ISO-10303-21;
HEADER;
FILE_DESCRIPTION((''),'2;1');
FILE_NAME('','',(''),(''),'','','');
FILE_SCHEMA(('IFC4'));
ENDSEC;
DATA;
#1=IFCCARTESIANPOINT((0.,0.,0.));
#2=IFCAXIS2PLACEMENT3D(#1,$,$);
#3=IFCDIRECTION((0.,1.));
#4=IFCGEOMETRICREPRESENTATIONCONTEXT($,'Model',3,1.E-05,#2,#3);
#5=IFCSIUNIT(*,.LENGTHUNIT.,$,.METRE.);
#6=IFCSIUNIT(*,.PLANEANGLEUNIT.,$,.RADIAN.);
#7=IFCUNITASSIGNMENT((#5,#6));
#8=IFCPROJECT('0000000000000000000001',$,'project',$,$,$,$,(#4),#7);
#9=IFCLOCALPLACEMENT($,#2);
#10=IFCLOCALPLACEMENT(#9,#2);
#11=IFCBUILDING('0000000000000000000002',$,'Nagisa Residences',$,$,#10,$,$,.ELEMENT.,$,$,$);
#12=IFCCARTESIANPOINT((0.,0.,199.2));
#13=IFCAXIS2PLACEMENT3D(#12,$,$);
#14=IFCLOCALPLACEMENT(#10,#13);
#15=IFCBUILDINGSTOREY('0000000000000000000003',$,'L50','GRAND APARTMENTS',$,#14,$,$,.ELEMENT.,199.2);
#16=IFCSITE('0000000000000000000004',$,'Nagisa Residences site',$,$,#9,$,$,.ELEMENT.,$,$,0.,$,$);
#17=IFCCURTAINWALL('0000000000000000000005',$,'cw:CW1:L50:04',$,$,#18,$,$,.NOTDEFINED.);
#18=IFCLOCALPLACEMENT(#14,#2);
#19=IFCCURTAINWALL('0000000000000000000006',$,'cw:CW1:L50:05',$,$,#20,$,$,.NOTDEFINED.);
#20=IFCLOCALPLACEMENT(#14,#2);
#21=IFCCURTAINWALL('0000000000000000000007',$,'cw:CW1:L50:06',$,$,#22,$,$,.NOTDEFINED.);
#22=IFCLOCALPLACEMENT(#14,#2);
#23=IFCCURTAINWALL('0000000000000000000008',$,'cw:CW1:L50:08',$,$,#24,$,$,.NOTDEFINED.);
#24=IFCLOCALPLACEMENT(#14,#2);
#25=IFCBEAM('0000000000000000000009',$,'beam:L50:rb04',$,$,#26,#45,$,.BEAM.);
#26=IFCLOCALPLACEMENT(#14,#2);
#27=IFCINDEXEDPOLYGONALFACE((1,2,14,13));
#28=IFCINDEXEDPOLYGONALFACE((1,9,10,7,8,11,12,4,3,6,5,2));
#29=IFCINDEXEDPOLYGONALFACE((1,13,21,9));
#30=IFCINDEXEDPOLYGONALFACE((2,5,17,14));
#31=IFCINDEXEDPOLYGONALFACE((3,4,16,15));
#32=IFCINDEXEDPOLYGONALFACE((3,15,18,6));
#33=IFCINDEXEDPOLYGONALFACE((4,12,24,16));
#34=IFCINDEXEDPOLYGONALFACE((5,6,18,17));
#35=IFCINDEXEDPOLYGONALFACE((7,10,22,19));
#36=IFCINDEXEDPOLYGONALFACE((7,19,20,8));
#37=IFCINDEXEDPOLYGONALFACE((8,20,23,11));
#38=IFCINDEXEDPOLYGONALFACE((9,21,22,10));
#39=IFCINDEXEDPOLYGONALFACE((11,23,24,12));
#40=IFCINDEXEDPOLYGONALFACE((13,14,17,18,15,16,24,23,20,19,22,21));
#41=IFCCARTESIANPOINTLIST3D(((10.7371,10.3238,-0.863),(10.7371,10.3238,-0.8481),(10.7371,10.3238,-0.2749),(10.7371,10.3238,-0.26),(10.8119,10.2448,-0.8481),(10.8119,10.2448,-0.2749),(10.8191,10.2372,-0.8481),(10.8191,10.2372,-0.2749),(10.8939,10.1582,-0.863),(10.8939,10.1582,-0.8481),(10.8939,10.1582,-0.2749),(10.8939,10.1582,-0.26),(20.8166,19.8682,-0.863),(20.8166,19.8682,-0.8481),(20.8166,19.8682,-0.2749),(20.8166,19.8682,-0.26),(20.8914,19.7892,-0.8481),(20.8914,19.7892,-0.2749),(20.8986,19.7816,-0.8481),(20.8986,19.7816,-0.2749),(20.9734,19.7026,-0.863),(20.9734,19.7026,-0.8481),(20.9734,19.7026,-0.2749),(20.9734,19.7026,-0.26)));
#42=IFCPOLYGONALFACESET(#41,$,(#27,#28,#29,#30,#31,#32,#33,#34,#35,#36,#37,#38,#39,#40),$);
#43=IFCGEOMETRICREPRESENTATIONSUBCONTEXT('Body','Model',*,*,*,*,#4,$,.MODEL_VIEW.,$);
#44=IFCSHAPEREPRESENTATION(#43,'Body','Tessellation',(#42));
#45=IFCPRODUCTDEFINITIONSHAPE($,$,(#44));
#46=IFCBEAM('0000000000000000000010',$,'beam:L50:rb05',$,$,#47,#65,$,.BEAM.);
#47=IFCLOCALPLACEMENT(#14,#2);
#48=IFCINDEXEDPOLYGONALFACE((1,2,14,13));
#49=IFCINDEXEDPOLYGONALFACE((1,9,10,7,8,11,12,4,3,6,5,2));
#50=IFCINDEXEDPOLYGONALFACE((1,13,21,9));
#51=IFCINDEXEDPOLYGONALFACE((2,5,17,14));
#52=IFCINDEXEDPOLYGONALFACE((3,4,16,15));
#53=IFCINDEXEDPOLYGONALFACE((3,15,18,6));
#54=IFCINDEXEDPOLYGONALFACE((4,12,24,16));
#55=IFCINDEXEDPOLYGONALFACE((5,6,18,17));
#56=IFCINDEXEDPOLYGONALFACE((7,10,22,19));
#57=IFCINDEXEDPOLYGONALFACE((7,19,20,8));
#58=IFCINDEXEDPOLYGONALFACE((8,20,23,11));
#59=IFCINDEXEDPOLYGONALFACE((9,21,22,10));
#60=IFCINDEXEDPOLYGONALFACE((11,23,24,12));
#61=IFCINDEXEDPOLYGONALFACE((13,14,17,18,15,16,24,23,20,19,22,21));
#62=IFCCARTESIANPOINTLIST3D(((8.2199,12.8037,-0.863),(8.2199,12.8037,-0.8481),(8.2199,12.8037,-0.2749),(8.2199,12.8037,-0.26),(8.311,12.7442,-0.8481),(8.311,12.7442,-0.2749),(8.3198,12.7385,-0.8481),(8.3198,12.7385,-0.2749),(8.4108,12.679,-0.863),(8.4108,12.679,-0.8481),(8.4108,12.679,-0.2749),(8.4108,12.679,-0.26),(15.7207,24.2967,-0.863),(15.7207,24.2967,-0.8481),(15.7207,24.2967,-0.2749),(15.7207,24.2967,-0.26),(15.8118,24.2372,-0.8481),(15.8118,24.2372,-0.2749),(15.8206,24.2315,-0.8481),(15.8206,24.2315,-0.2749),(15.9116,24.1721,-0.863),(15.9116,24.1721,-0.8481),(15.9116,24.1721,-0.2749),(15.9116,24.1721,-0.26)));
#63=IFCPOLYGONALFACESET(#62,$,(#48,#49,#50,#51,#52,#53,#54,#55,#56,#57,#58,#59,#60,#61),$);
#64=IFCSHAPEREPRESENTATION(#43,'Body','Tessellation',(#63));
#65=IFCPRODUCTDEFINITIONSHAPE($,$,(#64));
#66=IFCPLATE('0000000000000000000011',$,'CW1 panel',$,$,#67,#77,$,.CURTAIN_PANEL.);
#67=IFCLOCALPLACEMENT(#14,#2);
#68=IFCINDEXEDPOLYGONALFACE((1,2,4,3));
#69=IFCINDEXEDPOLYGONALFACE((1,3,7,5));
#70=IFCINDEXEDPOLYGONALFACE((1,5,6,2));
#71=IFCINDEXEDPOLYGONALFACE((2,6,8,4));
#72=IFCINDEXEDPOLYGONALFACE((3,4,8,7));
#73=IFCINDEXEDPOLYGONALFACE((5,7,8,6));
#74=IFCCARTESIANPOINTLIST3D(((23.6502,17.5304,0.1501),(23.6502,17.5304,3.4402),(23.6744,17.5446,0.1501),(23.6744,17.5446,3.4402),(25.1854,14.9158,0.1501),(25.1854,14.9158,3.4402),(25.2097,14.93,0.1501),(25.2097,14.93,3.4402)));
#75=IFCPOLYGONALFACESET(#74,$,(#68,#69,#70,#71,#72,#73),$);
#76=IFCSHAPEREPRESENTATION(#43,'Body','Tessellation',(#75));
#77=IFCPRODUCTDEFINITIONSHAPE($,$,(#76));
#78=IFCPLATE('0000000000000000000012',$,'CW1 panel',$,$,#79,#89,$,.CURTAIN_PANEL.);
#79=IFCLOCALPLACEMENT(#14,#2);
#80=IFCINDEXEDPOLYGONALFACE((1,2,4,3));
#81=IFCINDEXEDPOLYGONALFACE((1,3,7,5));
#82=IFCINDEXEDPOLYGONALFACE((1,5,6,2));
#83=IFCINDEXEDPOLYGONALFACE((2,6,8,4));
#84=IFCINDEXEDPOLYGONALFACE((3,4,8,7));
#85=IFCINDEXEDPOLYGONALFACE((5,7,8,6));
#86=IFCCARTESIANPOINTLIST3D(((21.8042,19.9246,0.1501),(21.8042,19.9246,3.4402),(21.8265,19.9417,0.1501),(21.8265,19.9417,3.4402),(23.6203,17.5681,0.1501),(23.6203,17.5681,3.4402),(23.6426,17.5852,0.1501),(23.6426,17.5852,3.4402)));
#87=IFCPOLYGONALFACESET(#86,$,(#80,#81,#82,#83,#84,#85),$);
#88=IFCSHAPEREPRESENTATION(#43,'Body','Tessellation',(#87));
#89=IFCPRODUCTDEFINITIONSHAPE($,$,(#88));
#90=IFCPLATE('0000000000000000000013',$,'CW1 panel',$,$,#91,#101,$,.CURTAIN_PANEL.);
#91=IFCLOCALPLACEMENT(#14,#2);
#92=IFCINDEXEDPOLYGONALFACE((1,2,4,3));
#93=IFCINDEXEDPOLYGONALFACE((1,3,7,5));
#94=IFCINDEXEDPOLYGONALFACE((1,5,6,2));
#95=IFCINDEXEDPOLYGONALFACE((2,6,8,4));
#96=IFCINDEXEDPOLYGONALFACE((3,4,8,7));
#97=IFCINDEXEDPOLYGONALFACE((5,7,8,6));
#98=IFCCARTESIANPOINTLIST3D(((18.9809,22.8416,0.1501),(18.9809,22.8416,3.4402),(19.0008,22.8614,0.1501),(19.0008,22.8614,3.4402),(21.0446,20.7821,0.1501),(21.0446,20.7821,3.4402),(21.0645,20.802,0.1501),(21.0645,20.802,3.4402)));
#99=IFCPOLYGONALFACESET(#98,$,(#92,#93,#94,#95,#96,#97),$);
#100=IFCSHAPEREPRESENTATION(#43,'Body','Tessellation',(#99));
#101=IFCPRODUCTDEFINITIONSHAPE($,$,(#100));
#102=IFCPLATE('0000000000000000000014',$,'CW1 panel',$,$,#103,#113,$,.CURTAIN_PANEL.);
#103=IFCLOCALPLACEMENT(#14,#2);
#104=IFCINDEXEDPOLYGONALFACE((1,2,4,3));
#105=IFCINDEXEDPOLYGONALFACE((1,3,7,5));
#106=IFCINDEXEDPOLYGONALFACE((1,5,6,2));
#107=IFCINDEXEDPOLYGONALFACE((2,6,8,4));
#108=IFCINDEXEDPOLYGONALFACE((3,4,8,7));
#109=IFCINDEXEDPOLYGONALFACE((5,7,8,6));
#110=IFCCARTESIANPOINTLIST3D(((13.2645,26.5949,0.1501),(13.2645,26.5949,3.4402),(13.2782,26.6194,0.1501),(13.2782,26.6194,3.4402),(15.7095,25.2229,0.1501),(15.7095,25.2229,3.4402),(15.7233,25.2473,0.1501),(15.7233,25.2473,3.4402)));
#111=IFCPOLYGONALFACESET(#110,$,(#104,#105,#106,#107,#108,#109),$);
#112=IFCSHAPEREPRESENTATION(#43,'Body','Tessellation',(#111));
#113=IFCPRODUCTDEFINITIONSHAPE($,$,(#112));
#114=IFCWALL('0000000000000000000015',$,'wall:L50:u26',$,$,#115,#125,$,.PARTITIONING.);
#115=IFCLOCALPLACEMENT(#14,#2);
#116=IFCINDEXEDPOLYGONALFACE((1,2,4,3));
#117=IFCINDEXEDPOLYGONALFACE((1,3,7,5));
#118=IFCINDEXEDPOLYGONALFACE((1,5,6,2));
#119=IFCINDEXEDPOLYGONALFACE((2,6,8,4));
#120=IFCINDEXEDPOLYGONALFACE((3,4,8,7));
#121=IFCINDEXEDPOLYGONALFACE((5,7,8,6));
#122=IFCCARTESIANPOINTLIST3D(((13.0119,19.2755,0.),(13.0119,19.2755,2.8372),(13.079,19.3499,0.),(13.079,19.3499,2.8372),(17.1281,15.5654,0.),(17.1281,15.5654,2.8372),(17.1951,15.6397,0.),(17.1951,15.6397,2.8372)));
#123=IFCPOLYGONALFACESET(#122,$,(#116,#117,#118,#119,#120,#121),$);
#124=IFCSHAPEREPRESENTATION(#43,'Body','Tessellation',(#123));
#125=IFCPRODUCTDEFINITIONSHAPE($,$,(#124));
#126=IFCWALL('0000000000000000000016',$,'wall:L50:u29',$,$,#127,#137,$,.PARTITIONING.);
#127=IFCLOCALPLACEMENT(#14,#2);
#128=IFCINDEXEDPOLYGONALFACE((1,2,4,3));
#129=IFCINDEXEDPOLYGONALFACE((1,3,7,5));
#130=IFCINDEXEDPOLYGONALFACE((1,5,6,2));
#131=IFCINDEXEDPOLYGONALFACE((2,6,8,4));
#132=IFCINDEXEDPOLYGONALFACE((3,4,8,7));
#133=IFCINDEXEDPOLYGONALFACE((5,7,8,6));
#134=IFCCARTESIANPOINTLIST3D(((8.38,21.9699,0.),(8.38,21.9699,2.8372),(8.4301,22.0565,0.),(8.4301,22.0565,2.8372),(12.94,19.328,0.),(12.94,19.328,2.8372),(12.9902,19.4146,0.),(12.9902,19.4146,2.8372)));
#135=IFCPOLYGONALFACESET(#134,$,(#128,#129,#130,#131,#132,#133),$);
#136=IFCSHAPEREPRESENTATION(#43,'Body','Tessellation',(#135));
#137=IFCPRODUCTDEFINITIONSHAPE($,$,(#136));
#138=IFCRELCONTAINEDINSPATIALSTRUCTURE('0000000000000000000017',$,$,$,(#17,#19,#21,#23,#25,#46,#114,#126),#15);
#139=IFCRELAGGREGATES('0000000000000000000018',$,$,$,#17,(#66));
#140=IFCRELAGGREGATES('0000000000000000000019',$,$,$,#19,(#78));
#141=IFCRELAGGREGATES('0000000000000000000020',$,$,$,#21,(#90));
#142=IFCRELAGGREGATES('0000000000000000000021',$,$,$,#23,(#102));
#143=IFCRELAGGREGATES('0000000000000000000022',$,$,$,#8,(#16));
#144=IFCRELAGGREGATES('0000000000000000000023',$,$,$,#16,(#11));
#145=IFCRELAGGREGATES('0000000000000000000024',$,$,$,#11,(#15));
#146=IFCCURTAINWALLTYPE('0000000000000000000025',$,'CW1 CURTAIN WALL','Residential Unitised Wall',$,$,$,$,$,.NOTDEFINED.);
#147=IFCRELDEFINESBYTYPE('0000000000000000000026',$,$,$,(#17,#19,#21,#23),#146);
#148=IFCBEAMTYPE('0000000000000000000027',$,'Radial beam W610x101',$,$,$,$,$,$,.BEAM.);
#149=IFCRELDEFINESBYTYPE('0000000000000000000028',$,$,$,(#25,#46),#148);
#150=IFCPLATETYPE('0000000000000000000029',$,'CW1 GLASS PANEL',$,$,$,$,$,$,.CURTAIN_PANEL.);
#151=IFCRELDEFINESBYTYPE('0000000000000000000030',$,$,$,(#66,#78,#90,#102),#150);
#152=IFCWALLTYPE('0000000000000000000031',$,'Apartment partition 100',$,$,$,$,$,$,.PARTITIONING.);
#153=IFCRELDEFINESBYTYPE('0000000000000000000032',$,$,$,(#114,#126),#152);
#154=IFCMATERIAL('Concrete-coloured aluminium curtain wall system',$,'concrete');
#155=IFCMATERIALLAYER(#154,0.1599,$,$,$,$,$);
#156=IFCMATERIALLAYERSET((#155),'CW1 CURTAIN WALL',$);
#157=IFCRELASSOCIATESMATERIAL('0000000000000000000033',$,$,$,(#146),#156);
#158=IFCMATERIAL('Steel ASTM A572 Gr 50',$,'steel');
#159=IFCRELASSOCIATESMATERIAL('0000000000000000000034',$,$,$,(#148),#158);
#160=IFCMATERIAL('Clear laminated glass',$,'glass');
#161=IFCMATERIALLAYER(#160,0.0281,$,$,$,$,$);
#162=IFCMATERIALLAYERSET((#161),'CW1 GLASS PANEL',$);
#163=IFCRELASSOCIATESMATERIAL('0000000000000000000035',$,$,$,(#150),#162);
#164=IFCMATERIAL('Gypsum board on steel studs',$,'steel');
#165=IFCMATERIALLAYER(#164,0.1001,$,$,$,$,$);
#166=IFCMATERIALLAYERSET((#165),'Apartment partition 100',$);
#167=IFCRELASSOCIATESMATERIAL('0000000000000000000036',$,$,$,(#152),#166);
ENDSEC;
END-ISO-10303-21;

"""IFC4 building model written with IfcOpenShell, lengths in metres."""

from ifc_helpers import new_model, si_unit, direction, frame, frame_2d, origin, origin_2d, place, context, subcontext, project, spatial, rectangle, i_section, extrude, material, layer, layer_set, material_profile, profile_set, type_object, element, aggregate, save


model = new_model("IFC4")

# Units and contexts
model_context = context("Model", 3, precision=1e-05, world=origin(), true_north=direction((0.0, 1.0)))
body_context = subcontext(model_context, "Body", "Model", "MODEL_VIEW")
ifc_project = project(units=[si_unit("LENGTHUNIT", "METRE"), si_unit("PLANEANGLEUNIT", "RADIAN")], contexts=[model_context])

# Site, building, storey
site_placement = place(None, origin())
site = spatial("IfcSite", under=ifc_project, at=site_placement, Name="Nagisa Residences site", CompositionType="ELEMENT", RefElevation=0.0)
building_placement = place(site_placement, origin())
building = spatial("IfcBuilding", under=site, at=building_placement, Name="Nagisa Residences", CompositionType="ELEMENT")
storey_placement = place(building_placement, frame((0.0, 0.0, 199.2)))
storey = spatial("IfcBuildingStorey", under=building, at=storey_placement, Name="L50", Description="GRAND APARTMENTS", CompositionType="ELEMENT", Elevation=199.2)

# Curtain walls
ifc_material_1 = material(Name="Concrete-coloured aluminium curtain wall system", Category="concrete")
ifc_layer_1 = layer(ifc_material_1, 0.1599)
ifc_layer_set_1 = layer_set([ifc_layer_1], Name="CW1 CURTAIN WALL")
curtain_wall_type = type_object("IfcCurtainWallType", Name="CW1 CURTAIN WALL", Description="Residential Unitised Wall", PredefinedType="NOTDEFINED", material=ifc_layer_set_1)
curtain_wall_1_placement = place(storey_placement, origin())
curtain_wall_1 = element("IfcCurtainWall", 1, at=curtain_wall_1_placement, inside=storey, type_object=curtain_wall_type, Name="cw:CW1:L50:04", PredefinedType="NOTDEFINED")
curtain_wall_2_placement = place(storey_placement, origin())
curtain_wall_2 = element("IfcCurtainWall", 2, at=curtain_wall_2_placement, inside=storey, type_object=curtain_wall_type, Name="cw:CW1:L50:05", PredefinedType="NOTDEFINED")
curtain_wall_3_placement = place(storey_placement, origin())
curtain_wall_3 = element("IfcCurtainWall", 3, at=curtain_wall_3_placement, inside=storey, type_object=curtain_wall_type, Name="cw:CW1:L50:06", PredefinedType="NOTDEFINED")
curtain_wall_4_placement = place(storey_placement, origin())
curtain_wall_4 = element("IfcCurtainWall", 4, at=curtain_wall_4_placement, inside=storey, type_object=curtain_wall_type, Name="cw:CW1:L50:08", PredefinedType="NOTDEFINED")

# Beams
ifc_material_2 = material(Name="Steel ASTM A572 Gr 50", Category="steel")
ifc_material_profile_1 = material_profile(ifc_material_2, i_section(OverallWidth=0.228, OverallDepth=0.603, WebThickness=0.0105, FlangeThickness=0.0149, at=origin_2d()), Name="W610x101")
ifc_profile_set_1 = profile_set([ifc_material_profile_1], Name="Steel ASTM A572 Gr 50")
beam_type_1 = type_object("IfcBeamType", Name="Radial beam W610x101", PredefinedType="BEAM", material=ifc_profile_set_1)
beam_1_placement = place(storey_placement, frame((20.895, 19.7854, -0.5615), z_axis=(-0.72612, -0.687568, 0.0), x_axis=(0.687568, -0.72612, 0.0)))
element("IfcBeam", 5, at=beam_1_placement, inside=storey, type_object=beam_type_1, Name="beam:L50:rb04", PredefinedType="BEAM", context=body_context, shape_type="SweptSolid", body=[
    extrude(i_section(OverallWidth=0.228, OverallDepth=0.603, WebThickness=0.0105, FlangeThickness=0.0149, at=origin_2d()), origin(), (0.0, 0.0, 1.0), 13.8813),
])
beam_2_placement = place(storey_placement, frame((15.8162, 24.2344, -0.5615), z_axis=(-0.546541, -0.837432, 0.0), x_axis=(0.837432, -0.546541, 0.0)))
element("IfcBeam", 6, at=beam_2_placement, inside=storey, type_object=beam_type_1, Name="beam:L50:rb05", PredefinedType="BEAM", context=body_context, shape_type="SweptSolid", body=[
    extrude(i_section(OverallWidth=0.228, OverallDepth=0.603, WebThickness=0.0105, FlangeThickness=0.0149, at=origin_2d()), origin(), (0.0, 0.0, 1.0), 13.7241),
])

# Plates
ifc_material_3 = material(Name="Clear laminated glass", Category="glass")
ifc_layer_2 = layer(ifc_material_3, 0.0281)
ifc_layer_set_2 = layer_set([ifc_layer_2], Name="CW1 GLASS PANEL")
plate_type = type_object("IfcPlateType", Name="CW1 GLASS PANEL", PredefinedType="CURTAIN_PANEL", material=ifc_layer_set_2)
plate_1_placement = place(storey_placement, frame((24.4299, 16.2302, 0.1501), z_axis=(0.0, 0.0, 1.0), x_axis=(-0.506349, 0.862329, 0.0)))
plate_1 = element("IfcPlate", 7, at=plate_1_placement, type_object=plate_type, Name="CW1 panel", PredefinedType="CURTAIN_PANEL", context=body_context, shape_type="SweptSolid", body=[
    extrude(rectangle(XDim=3.032, YDim=0.0281, at=origin_2d()), origin(), (0.0, 0.0, 1.0), 3.29),
])
aggregate(curtain_wall_1, [plate_1])
plate_2_placement = place(storey_placement, frame((22.7234, 18.7549, 0.1501), z_axis=(0.0, 0.0, 1.0), x_axis=(-0.61043, 0.79207, 0.0)))
plate_2 = element("IfcPlate", 8, at=plate_2_placement, type_object=plate_type, Name="CW1 panel", PredefinedType="CURTAIN_PANEL", context=body_context, shape_type="SweptSolid", body=[
    extrude(rectangle(XDim=2.9751, YDim=0.0281, at=origin_2d()), origin(), (0.0, 0.0, 1.0), 3.29),
])
aggregate(curtain_wall_2, [plate_2])
plate_3_placement = place(storey_placement, frame((20.0227, 21.8218, 0.1501), z_axis=(0.0, 0.0, 1.0), x_axis=(-0.707836, 0.706377, 0.0)))
plate_3 = element("IfcPlate", 9, at=plate_3_placement, type_object=plate_type, Name="CW1 panel", PredefinedType="CURTAIN_PANEL", context=body_context, shape_type="SweptSolid", body=[
    extrude(rectangle(XDim=2.9155, YDim=0.0281, at=origin_2d()), origin(), (0.0, 0.0, 1.0), 3.29),
])
aggregate(curtain_wall_3, [plate_3])
plate_4_placement = place(storey_placement, frame((14.4939, 25.9211, 0.1501), z_axis=(0.0, 0.0, 1.0), x_axis=(-0.872072, 0.489377, 0.0)))
plate_4 = element("IfcPlate", 10, at=plate_4_placement, type_object=plate_type, Name="CW1 panel", PredefinedType="CURTAIN_PANEL", context=body_context, shape_type="SweptSolid", body=[
    extrude(rectangle(XDim=2.8037, YDim=0.0281, at=origin_2d()), origin(), (0.0, 0.0, 1.0), 3.29),
])
aggregate(curtain_wall_4, [plate_4])

# Walls
ifc_material_4 = material(Name="Gypsum board on steel studs", Category="steel")
ifc_layer_3 = layer(ifc_material_4, 0.1001)
ifc_layer_set_3 = layer_set([ifc_layer_3], Name="Apartment partition 100")
wall_type_1 = type_object("IfcWallType", Name="Apartment partition 100", PredefinedType="PARTITIONING", material=ifc_layer_set_3)
wall_1_placement = place(storey_placement, frame((17.1616, 15.6025, 0.0), z_axis=(0.0, 0.0, 1.0), x_axis=(-0.74279, 0.669524, 0.0)))
element("IfcWall", 11, at=wall_1_placement, inside=storey, type_object=wall_type_1, Name="wall:L50:u26", PredefinedType="PARTITIONING", context=body_context, shape_type="SweptSolid", body=[
    extrude(rectangle(XDim=5.5415, YDim=0.1001, at=frame_2d((2.7708, 0.0))), origin(), (0.0, 0.0, 1.0), 2.8372),
])
wall_2_placement = place(storey_placement, frame((12.9651, 19.3713, 0.0), z_axis=(0.0, 0.0, 1.0), x_axis=(-0.865277, 0.501294, 0.0)))
element("IfcWall", 12, at=wall_2_placement, inside=storey, type_object=wall_type_1, Name="wall:L50:u29", PredefinedType="PARTITIONING", context=body_context, shape_type="SweptSolid", body=[
    extrude(rectangle(XDim=5.27, YDim=0.1001, at=frame_2d((2.635, 0.0))), origin(), (0.0, 0.0, 1.0), 2.8372),
])

save(model, "model.ifc")
